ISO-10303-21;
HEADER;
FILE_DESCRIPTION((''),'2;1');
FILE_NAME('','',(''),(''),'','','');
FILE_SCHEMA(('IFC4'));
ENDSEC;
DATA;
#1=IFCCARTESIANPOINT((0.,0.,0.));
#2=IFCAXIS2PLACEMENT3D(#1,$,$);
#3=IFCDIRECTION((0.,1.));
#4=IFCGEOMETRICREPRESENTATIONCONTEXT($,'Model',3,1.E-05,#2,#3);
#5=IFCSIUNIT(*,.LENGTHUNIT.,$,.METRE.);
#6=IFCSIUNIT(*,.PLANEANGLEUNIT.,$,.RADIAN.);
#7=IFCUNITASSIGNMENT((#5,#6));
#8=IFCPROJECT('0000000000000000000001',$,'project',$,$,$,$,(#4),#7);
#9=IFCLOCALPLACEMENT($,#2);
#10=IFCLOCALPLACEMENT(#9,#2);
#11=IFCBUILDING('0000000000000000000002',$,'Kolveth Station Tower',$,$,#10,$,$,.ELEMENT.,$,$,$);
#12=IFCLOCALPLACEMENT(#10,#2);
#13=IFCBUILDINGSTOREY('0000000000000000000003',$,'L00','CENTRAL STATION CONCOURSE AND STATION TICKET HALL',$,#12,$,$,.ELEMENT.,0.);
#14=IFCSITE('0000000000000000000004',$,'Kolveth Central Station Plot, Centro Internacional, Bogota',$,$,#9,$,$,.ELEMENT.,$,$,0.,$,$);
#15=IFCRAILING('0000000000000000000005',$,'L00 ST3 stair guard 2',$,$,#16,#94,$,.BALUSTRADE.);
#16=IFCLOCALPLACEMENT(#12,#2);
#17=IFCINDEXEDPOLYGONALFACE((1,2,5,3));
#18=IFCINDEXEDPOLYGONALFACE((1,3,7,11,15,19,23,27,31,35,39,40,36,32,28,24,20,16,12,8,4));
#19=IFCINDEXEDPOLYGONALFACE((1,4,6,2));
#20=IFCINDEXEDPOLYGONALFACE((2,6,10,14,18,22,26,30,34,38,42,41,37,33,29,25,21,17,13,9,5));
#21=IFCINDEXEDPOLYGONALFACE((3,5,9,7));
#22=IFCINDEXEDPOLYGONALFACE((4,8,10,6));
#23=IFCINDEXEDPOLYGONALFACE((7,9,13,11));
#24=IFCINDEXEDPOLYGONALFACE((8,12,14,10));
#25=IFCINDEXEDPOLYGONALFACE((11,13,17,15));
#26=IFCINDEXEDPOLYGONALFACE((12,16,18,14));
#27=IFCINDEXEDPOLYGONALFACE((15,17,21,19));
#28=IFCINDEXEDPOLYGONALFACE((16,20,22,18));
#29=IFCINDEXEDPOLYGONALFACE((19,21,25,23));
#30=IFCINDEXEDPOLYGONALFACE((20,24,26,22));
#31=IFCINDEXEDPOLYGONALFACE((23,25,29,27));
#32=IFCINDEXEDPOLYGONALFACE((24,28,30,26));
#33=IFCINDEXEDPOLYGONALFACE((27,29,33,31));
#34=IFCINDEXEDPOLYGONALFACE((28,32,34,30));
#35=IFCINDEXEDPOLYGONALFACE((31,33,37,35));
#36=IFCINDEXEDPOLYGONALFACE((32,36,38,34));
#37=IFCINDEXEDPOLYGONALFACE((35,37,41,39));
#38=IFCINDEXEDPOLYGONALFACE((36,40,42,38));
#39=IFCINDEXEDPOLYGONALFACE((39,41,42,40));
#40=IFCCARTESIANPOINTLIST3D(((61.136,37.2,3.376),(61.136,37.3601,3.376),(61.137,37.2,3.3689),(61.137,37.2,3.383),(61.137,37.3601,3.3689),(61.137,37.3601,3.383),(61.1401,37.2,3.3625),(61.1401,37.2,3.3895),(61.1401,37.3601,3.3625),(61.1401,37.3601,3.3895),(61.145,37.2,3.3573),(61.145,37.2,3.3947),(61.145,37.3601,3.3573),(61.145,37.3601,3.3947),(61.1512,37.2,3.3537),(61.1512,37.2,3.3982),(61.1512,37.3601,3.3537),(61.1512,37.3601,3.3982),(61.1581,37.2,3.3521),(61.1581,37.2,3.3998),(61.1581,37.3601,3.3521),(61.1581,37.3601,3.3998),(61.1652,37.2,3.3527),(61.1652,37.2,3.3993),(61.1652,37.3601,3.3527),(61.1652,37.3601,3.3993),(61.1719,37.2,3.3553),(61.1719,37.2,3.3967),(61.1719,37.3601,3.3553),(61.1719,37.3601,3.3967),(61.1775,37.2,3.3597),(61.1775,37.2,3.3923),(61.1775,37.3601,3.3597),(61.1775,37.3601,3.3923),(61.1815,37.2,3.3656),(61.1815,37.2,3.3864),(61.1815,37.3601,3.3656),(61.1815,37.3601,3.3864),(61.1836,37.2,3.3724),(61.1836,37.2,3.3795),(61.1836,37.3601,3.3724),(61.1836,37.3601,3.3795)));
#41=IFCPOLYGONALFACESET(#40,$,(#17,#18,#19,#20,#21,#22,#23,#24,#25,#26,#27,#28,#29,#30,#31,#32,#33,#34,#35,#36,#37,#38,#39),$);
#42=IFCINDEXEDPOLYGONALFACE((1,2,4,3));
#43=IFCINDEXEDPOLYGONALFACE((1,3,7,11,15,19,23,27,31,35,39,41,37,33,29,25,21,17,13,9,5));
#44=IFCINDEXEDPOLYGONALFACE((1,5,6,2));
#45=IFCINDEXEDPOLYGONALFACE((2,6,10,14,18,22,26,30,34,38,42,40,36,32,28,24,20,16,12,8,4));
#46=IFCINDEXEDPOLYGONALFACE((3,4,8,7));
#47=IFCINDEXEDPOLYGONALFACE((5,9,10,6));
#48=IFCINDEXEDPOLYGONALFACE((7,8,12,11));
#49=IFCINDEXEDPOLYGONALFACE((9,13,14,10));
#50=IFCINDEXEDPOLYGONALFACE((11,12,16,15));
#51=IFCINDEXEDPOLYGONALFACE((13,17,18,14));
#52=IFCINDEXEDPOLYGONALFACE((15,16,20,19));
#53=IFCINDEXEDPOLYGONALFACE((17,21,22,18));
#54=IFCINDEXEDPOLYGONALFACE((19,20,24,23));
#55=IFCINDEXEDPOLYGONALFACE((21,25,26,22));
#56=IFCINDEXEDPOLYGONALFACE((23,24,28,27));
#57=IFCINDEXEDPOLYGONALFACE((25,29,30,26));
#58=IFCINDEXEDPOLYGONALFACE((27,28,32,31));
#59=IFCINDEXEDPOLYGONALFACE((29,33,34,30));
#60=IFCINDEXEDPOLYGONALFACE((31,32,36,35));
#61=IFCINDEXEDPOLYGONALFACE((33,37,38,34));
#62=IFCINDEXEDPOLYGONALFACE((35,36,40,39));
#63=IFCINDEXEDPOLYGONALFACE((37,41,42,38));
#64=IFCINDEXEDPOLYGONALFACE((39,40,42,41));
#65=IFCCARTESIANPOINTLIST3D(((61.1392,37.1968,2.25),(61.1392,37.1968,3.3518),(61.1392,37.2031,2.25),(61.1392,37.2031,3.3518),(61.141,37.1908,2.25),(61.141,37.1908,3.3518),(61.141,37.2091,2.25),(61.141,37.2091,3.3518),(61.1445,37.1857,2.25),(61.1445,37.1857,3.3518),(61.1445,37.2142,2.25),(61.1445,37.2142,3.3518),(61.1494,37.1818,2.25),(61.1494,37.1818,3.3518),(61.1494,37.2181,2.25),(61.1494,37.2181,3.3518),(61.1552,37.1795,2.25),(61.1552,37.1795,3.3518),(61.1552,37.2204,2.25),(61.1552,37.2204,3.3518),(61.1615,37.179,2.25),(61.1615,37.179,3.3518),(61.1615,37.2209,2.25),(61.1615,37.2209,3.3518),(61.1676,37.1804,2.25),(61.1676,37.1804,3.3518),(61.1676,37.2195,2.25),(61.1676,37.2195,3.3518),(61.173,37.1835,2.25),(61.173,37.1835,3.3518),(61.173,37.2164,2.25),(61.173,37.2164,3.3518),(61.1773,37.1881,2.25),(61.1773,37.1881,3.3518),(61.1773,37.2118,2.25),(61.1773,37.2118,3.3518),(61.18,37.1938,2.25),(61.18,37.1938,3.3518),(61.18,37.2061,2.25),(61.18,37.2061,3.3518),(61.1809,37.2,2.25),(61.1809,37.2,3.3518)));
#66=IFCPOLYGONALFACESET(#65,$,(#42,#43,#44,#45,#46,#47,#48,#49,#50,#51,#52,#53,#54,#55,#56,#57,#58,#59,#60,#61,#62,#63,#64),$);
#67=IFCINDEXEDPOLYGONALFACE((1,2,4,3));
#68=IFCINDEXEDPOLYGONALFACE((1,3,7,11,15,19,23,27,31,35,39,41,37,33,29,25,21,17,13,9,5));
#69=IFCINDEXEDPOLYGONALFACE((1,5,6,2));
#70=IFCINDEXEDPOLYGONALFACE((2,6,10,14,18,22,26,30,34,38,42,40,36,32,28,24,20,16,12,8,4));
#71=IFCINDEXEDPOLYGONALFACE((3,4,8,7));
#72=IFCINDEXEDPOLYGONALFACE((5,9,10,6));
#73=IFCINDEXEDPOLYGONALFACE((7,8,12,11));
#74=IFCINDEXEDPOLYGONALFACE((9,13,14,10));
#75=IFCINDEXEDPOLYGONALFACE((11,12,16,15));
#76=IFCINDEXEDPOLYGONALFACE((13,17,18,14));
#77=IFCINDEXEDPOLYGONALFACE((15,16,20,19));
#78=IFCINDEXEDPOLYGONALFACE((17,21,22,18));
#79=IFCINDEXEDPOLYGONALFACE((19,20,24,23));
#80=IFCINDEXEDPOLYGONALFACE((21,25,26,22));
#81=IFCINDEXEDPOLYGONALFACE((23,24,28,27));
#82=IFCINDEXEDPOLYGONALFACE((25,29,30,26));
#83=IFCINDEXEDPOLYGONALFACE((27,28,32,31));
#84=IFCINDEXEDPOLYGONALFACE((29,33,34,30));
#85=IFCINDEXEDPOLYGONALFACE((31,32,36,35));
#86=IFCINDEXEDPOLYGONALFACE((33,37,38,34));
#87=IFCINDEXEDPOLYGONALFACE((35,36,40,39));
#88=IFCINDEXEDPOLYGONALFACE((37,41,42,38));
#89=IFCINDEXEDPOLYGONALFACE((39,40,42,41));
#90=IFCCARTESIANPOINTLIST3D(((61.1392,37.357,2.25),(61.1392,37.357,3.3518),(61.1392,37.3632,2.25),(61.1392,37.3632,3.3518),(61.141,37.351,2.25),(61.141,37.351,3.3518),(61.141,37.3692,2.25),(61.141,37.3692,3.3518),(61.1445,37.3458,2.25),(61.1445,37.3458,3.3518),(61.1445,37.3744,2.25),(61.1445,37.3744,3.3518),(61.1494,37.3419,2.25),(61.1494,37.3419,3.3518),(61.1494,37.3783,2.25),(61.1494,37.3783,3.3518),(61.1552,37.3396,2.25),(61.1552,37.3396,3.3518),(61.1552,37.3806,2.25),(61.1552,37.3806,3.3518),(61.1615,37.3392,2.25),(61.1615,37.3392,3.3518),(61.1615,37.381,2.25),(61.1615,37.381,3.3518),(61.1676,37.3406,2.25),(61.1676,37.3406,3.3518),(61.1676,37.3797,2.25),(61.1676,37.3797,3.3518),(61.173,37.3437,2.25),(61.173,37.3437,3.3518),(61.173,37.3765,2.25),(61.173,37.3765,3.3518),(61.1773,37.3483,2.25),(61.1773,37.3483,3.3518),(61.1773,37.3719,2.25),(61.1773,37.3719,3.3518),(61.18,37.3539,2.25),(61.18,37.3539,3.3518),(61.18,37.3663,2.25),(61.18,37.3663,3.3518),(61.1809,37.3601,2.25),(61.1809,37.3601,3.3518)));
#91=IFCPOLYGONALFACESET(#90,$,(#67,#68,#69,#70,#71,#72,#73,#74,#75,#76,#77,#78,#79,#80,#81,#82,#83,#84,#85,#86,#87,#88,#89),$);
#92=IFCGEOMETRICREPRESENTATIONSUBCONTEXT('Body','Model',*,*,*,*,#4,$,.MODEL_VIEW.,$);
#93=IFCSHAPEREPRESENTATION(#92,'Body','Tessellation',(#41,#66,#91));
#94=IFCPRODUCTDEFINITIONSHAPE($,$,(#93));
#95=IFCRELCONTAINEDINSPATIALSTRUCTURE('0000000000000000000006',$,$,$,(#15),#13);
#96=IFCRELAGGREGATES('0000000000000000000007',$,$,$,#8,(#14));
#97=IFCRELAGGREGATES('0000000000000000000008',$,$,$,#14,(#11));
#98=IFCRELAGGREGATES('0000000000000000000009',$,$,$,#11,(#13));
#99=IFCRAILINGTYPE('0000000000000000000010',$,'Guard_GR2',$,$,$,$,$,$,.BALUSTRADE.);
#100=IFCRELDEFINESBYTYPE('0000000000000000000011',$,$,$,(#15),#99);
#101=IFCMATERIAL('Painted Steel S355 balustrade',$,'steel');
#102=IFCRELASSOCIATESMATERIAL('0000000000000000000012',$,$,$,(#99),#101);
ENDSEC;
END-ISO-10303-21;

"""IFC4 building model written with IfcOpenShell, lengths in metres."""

from ifc_helpers import new_model, si_unit, direction, frame, origin, origin_2d, place, context, subcontext, project, spatial, circle, extrude, material, type_object, element, save


model = new_model("IFC4")

# Units and contexts
model_context = context("Model", 3, precision=1e-05, world=origin(), true_north=direction((0.0, 1.0)))
body_context = subcontext(model_context, "Body", "Model", "MODEL_VIEW")
ifc_project = project(units=[si_unit("LENGTHUNIT", "METRE"), si_unit("PLANEANGLEUNIT", "RADIAN")], contexts=[model_context])

# Site, building, storey
site_placement = place(None, origin())
site = spatial("IfcSite", under=ifc_project, at=site_placement, Name="Kolveth Central Station Plot, Centro Internacional, Bogota", CompositionType="ELEMENT", RefElevation=0.0)
building_placement = place(site_placement, origin())
building = spatial("IfcBuilding", under=site, at=building_placement, Name="Kolveth Station Tower", CompositionType="ELEMENT")
storey_placement = place(building_placement, origin())
storey = spatial("IfcBuildingStorey", under=building, at=storey_placement, Name="L00", Description="CENTRAL STATION CONCOURSE AND STATION TICKET HALL", CompositionType="ELEMENT", Elevation=0.0)

# Railing
ifc_material_1 = material(Name="Painted Steel S355 balustrade", Category="steel")
railing_type_1 = type_object("IfcRailingType", Name="Guard_GR2", PredefinedType="BALUSTRADE", material=ifc_material_1)
railing_1_placement = place(storey_placement, frame((61.1599, 37.2, 2.25)))
element("IfcRailing", 1, at=railing_1_placement, inside=storey, type_object=railing_type_1, Name="L00 ST3 stair guard 2", PredefinedType="BALUSTRADE", context=body_context, shape_type="SweptSolid", body=[
    extrude(circle(Radius=0.0239, at=origin_2d()), frame((0.0, 0.0, 1.126), z_axis=(0.0, 1.0, 0.0), x_axis=(-1.0, 0.0, 0.0)), (0.0, 0.0, 1.0), 0.1602),
    extrude(circle(Radius=0.021, at=origin_2d()), origin(), (0.0, 0.0, 1.0), 1.1018),
    extrude(circle(Radius=0.021, at=origin_2d()), frame((0.0, 0.1602, 0.0)), (0.0, 0.0, 1.0), 1.1018),
])

save(model, "model.ifc")
